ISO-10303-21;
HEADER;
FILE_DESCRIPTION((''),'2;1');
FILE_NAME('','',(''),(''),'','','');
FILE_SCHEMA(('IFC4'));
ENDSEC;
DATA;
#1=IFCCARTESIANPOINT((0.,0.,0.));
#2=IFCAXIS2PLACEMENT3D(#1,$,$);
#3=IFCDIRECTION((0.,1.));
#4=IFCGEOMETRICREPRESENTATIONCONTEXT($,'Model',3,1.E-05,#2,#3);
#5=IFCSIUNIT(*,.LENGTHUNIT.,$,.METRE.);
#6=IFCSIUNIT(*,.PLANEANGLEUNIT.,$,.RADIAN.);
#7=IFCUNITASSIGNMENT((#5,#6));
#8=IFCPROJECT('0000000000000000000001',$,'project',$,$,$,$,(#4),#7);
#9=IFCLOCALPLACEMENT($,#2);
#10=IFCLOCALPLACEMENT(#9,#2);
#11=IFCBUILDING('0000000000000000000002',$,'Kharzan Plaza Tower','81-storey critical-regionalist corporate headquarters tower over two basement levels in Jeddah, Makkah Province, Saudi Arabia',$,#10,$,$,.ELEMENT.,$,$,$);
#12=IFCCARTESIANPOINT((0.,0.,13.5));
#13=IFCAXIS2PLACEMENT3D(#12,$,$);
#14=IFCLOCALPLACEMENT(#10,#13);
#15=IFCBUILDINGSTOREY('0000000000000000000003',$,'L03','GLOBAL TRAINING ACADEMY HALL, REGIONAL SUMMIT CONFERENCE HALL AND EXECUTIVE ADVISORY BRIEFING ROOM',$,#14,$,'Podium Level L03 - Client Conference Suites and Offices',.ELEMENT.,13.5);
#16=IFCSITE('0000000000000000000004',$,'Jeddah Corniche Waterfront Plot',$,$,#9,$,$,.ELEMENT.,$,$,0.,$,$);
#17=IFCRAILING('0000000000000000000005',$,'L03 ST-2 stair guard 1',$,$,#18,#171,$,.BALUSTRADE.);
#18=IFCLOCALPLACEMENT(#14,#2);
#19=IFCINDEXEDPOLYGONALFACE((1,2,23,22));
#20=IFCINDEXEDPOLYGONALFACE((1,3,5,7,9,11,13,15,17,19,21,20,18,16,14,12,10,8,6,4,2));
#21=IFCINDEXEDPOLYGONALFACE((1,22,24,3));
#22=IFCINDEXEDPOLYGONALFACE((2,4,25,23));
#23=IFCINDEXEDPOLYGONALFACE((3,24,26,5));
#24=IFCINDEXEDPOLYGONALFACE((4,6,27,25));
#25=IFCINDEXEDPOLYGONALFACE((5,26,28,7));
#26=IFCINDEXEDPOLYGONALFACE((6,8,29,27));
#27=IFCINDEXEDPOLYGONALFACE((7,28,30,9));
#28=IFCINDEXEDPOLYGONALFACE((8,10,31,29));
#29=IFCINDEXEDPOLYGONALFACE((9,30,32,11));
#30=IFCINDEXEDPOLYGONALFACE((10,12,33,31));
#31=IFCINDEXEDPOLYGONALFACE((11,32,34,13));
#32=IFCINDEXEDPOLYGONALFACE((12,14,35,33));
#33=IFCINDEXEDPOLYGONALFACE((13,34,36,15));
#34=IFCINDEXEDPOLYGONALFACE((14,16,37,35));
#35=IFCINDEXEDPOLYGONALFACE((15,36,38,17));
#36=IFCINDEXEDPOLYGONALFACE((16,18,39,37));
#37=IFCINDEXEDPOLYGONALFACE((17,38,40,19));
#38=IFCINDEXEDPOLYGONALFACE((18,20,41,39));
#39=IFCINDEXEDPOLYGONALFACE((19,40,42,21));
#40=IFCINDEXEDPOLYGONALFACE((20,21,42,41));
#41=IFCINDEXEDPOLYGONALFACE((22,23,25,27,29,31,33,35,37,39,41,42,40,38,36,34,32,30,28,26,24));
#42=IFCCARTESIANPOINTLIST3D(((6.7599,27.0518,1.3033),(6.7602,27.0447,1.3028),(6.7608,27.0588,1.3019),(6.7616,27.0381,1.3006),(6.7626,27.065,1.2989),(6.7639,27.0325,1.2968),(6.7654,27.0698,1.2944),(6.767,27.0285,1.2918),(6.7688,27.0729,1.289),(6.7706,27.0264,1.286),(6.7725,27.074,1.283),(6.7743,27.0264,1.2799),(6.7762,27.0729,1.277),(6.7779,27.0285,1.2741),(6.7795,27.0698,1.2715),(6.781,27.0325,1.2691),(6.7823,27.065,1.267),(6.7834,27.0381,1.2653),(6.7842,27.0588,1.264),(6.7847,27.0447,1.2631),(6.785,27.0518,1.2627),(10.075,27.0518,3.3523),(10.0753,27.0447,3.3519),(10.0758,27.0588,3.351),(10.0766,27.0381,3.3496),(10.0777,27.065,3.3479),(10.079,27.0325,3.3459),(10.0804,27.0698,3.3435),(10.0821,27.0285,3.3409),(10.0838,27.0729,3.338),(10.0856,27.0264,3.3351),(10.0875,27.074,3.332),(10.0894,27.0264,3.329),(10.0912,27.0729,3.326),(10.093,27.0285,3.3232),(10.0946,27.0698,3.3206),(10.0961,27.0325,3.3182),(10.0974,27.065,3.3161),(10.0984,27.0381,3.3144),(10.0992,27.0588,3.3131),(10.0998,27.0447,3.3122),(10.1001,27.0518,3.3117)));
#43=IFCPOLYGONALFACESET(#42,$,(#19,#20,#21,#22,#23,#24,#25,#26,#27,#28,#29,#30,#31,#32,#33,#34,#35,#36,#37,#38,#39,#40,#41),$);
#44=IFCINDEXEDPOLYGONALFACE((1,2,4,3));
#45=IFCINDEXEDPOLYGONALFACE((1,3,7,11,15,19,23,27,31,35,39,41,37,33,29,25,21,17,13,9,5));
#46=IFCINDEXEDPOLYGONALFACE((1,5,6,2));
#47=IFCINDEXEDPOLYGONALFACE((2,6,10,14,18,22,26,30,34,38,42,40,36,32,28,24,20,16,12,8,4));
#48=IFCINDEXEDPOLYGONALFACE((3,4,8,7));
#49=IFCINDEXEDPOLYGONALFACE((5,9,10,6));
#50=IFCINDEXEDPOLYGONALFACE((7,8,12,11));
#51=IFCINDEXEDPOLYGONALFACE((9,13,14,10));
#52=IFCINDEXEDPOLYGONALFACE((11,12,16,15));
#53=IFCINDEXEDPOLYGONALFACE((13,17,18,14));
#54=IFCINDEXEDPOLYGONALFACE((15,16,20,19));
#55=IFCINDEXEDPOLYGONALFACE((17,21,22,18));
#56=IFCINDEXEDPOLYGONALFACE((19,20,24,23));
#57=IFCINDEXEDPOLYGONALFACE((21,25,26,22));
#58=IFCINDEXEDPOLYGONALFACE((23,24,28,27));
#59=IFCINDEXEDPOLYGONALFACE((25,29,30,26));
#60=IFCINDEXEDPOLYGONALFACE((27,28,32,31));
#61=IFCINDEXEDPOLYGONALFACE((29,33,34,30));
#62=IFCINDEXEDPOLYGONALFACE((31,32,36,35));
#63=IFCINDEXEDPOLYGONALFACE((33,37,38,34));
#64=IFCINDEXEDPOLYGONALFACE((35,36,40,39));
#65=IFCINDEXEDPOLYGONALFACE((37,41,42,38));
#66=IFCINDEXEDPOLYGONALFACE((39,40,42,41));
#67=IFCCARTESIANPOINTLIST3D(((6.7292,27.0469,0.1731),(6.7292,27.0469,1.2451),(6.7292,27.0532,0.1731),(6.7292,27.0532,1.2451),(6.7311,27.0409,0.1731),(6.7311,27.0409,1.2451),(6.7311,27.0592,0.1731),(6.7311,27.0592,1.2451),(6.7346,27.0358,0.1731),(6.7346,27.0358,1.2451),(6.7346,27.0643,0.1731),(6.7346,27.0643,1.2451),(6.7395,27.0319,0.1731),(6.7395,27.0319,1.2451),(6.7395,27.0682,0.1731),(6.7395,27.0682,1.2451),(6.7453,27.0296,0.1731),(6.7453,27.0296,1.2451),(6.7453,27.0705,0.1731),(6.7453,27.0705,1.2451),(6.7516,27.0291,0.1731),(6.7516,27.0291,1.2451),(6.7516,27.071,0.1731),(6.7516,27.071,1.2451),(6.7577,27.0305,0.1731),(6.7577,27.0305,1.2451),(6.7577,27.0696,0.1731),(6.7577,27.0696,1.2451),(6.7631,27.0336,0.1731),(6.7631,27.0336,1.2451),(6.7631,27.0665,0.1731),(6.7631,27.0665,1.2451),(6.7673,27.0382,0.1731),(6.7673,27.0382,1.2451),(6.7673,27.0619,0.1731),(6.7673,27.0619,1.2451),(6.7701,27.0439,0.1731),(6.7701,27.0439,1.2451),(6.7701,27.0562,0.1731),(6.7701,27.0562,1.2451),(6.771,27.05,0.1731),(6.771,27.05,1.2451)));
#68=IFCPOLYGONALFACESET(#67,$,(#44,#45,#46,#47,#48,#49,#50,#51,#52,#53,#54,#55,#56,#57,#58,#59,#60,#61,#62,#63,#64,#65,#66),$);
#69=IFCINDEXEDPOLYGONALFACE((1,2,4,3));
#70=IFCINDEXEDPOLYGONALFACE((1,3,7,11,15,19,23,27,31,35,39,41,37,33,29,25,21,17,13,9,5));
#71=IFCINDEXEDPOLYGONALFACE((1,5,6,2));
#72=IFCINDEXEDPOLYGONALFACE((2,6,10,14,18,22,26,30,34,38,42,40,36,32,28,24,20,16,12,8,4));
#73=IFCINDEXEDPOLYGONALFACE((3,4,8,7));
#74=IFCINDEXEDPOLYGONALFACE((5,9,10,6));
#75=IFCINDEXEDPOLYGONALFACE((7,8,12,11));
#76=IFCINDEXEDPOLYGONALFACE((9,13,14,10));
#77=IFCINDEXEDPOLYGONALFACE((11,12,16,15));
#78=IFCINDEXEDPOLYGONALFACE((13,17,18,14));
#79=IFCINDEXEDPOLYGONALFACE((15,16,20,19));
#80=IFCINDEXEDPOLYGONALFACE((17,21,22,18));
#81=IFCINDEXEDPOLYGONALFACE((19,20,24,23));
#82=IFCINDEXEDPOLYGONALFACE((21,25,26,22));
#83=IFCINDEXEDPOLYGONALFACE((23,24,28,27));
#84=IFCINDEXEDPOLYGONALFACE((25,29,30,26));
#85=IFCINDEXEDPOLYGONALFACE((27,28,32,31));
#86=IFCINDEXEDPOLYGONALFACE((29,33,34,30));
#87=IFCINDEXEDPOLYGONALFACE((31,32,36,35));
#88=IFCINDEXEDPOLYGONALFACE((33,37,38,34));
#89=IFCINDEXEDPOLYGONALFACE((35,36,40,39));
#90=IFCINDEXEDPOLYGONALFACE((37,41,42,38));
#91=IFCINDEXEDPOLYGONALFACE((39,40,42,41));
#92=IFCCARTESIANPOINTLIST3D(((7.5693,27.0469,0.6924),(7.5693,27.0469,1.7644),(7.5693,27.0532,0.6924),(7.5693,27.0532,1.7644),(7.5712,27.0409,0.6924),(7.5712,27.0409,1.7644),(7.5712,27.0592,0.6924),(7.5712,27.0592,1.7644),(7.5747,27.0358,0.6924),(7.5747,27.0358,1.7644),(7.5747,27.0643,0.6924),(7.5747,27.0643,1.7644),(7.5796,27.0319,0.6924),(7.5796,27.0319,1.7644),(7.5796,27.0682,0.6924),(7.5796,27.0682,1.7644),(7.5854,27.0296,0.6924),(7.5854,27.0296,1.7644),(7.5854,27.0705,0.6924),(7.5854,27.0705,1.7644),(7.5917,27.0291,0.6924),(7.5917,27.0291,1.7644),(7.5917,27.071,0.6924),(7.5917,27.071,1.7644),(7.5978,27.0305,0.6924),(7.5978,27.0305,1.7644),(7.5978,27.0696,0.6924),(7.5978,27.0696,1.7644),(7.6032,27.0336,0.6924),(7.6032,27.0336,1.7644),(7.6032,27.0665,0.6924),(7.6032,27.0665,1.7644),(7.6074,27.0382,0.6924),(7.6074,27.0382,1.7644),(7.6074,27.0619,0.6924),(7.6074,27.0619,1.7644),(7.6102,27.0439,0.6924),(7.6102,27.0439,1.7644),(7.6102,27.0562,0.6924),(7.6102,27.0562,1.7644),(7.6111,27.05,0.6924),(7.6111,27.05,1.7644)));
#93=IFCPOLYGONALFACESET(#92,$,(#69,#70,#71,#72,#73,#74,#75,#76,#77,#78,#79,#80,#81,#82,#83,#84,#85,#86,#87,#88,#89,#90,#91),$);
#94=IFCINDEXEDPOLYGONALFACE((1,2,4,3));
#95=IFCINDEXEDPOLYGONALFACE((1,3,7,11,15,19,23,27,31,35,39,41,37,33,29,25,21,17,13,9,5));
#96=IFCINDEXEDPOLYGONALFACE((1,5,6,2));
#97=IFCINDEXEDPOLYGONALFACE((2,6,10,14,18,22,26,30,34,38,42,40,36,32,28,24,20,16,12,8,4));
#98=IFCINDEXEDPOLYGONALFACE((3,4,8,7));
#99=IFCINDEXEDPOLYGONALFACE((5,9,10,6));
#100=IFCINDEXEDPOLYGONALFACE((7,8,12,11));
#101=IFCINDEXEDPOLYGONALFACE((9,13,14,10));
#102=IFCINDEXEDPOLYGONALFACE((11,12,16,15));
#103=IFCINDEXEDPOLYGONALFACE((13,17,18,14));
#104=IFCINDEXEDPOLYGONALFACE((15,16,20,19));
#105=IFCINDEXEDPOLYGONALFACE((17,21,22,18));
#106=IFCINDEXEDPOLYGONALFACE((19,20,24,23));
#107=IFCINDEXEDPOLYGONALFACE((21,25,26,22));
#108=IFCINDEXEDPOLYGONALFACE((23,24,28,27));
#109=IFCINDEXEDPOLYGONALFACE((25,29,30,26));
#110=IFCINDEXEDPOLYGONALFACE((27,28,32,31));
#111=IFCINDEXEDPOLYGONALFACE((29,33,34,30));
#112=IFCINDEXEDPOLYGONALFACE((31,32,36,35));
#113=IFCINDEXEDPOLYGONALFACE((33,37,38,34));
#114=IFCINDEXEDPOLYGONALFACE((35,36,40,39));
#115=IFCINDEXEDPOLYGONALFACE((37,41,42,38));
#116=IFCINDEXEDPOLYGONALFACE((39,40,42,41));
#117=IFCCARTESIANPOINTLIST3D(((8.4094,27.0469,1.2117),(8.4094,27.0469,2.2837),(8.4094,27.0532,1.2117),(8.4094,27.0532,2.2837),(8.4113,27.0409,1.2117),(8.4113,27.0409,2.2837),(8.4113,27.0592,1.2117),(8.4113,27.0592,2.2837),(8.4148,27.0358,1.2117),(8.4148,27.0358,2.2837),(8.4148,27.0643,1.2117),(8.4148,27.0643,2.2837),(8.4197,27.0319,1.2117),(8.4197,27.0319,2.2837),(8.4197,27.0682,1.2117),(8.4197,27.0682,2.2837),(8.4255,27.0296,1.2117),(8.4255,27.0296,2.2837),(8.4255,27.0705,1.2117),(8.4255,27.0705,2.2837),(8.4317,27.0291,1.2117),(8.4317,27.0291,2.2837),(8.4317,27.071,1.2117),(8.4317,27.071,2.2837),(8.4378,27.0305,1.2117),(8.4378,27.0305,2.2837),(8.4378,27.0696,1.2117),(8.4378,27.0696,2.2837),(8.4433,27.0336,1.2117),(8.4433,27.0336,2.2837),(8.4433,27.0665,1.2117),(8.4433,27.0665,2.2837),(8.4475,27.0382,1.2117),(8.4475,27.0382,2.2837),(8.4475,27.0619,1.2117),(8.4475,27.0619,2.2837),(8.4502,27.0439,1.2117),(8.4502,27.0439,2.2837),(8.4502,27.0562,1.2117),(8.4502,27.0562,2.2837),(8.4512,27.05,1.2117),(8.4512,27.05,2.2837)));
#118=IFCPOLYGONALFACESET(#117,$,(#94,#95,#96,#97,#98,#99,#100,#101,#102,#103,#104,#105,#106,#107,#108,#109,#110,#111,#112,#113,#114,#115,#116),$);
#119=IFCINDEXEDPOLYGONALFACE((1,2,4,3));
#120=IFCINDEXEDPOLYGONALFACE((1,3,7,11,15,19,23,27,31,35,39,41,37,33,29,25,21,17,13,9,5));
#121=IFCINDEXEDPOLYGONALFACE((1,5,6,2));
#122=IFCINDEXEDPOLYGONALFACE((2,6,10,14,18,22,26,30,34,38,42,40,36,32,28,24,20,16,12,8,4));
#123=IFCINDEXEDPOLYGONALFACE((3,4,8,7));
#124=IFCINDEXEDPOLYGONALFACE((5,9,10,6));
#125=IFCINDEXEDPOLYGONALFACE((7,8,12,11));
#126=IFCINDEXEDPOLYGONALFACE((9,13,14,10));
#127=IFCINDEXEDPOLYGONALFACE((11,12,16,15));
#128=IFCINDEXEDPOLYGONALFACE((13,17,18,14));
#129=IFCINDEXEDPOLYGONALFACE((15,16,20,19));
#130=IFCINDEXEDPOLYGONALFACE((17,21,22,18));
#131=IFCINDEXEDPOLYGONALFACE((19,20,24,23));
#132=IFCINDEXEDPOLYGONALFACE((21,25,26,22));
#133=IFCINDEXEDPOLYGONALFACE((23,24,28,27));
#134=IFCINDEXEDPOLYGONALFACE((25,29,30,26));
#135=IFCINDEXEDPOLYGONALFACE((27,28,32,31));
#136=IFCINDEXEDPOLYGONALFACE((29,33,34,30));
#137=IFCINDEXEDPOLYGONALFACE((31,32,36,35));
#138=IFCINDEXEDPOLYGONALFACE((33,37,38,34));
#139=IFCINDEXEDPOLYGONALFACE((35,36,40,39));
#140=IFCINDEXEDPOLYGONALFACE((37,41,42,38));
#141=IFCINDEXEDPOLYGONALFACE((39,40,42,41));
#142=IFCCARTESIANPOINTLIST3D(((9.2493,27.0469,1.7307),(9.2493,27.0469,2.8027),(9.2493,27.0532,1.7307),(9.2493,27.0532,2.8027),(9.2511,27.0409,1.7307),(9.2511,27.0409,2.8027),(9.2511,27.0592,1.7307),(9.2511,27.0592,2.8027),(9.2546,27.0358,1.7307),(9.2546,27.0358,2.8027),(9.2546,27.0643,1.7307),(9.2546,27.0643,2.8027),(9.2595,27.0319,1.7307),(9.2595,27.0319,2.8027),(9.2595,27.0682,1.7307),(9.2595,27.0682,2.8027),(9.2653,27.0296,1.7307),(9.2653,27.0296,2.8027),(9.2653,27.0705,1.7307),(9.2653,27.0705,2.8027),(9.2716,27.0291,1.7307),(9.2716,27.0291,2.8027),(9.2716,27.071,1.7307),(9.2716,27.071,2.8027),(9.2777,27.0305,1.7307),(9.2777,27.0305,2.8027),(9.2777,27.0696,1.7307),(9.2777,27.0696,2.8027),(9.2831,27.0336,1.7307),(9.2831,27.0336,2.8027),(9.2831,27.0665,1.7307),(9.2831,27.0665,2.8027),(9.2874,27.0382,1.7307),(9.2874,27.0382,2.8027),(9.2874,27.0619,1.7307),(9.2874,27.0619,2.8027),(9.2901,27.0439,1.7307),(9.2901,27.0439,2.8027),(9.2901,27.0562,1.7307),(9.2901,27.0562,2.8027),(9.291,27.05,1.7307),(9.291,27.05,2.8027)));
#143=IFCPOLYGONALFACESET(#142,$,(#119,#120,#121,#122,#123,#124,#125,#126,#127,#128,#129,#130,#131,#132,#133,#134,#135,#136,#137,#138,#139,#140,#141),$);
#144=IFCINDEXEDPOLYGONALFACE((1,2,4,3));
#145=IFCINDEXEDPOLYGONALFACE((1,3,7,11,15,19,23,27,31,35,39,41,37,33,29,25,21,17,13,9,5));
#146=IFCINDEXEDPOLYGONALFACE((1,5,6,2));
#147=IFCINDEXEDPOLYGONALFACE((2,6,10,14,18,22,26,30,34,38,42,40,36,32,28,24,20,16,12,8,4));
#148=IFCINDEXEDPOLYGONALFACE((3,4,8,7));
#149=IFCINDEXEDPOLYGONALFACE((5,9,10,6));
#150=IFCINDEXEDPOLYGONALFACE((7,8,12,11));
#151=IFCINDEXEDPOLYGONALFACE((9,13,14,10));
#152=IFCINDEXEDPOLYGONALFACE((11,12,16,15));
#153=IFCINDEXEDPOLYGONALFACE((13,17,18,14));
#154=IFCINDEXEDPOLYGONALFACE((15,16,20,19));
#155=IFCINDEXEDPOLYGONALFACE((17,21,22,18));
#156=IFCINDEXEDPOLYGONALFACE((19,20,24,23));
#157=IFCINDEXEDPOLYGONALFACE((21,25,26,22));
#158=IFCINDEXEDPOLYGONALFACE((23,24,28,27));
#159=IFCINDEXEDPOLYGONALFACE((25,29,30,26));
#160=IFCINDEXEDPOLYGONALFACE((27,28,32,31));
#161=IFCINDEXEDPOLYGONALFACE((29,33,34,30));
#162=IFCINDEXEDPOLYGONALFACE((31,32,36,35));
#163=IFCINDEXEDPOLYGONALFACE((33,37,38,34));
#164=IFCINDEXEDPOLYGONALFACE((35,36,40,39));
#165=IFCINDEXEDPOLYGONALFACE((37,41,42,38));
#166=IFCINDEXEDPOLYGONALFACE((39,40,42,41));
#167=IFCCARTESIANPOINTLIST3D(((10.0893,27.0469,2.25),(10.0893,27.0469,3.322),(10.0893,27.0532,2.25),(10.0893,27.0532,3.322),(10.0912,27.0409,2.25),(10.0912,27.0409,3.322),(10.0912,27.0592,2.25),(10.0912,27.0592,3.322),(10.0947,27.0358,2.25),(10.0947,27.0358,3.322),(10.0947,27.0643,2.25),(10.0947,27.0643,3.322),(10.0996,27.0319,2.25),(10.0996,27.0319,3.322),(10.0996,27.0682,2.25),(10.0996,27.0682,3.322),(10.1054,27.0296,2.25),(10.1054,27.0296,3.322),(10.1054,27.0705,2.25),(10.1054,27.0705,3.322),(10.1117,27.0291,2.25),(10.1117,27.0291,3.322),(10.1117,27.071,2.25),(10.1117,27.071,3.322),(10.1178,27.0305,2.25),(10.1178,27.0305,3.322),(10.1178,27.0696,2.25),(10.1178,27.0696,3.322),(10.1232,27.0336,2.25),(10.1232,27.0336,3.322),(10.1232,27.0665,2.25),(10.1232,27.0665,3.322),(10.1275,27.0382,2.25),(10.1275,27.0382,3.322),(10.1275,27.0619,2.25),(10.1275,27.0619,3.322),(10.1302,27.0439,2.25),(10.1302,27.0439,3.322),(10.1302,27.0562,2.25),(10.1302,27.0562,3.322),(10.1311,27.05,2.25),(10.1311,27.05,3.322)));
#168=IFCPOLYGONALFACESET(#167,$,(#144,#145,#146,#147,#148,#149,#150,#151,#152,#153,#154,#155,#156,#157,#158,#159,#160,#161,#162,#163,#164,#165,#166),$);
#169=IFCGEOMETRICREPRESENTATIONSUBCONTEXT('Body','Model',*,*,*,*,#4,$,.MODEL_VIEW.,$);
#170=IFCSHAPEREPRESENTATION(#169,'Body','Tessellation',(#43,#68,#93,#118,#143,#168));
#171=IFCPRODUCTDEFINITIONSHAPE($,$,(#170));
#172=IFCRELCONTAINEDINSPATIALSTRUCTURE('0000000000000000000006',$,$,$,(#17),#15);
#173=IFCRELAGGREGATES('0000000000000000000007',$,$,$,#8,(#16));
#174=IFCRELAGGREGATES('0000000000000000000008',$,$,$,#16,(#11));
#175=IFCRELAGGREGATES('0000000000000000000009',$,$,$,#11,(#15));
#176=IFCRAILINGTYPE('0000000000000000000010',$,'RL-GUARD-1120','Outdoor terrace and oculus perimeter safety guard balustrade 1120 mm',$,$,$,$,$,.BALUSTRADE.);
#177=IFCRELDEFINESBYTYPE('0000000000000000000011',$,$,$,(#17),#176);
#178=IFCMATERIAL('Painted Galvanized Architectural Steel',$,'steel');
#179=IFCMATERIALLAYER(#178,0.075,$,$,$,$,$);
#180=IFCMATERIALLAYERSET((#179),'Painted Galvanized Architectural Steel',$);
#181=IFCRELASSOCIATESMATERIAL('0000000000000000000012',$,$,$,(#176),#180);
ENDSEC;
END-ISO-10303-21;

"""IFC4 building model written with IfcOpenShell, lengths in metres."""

from ifc_helpers import new_model, si_unit, direction, frame, origin, origin_2d, place, context, subcontext, project, spatial, circle, extrude, source, transform, mapped, material, layer, layer_set, type_object, element, save


model = new_model("IFC4")

# Units and contexts
model_context = context("Model", 3, precision=1e-05, world=origin(), true_north=direction((0.0, 1.0)))
body_context = subcontext(model_context, "Body", "Model", "MODEL_VIEW")
ifc_project = project(units=[si_unit("LENGTHUNIT", "METRE"), si_unit("PLANEANGLEUNIT", "RADIAN")], contexts=[model_context])

# Site, building, storey
site_placement = place(None, origin())
site = spatial("IfcSite", under=ifc_project, at=site_placement, Name="Jeddah Corniche Waterfront Plot", CompositionType="ELEMENT", RefElevation=0.0)
building_placement = place(site_placement, origin())
building = spatial("IfcBuilding", under=site, at=building_placement, Name="Kharzan Plaza Tower", Description="81-storey critical-regionalist corporate headquarters tower over two basement levels in Jeddah, Makkah Province, Saudi Arabia", CompositionType="ELEMENT")
storey_placement = place(building_placement, frame((0.0, 0.0, 13.5)))
storey = spatial("IfcBuildingStorey", under=building, at=storey_placement, Name="L03", Description="GLOBAL TRAINING ACADEMY HALL, REGIONAL SUMMIT CONFERENCE HALL AND EXECUTIVE ADVISORY BRIEFING ROOM", LongName="Podium Level L03 - Client Conference Suites and Offices", CompositionType="ELEMENT", Elevation=13.5)

# Railing
ifc_material_1 = material(Name="Painted Galvanized Architectural Steel", Category="steel")
ifc_layer_1 = layer(ifc_material_1, 0.075)
ifc_layer_set_1 = layer_set([ifc_layer_1], Name="Painted Galvanized Architectural Steel")
railing_type_1 = type_object("IfcRailingType", Name="RL-GUARD-1120", Description="Outdoor terrace and oculus perimeter safety guard balustrade 1120 mm", PredefinedType="BALUSTRADE", material=ifc_layer_set_1)
shared_shape_1 = source(origin(), body_context, "Body", "SweptSolid", [
    extrude(circle(Radius=0.0239, at=origin_2d()), frame((0.0225, 0.0, 1.1099), z_axis=(0.850623, 0.0, 0.525776), x_axis=(0.0, 1.0, 0.0)), (0.0, 0.0, 1.0), 3.8972),
    extrude(circle(Radius=0.021, at=origin_2d()), origin(), (0.0, 0.0, 1.0), 1.072),
    extrude(circle(Radius=0.021, at=origin_2d()), frame((0.8401, 0.0, 0.5193)), (0.0, 0.0, 1.0), 1.072),
    extrude(circle(Radius=0.021, at=origin_2d()), frame((1.6802, 0.0, 1.0386)), (0.0, 0.0, 1.0), 1.072),
    extrude(circle(Radius=0.021, at=origin_2d()), frame((2.52, 0.0, 1.5576)), (0.0, 0.0, 1.0), 1.072),
    extrude(circle(Radius=0.021, at=origin_2d()), frame((3.3601, 0.0, 2.0769)), (0.0, 0.0, 1.0), 1.072),
])
railing_1_placement = place(storey_placement, frame((6.75, 27.05, 0.1731)))
element("IfcRailing", 1, at=railing_1_placement, inside=storey, type_object=railing_type_1, Name="L03 ST-2 stair guard 1", PredefinedType="BALUSTRADE", context=body_context, shape_type="MappedRepresentation", body=[
    mapped(shared_shape_1, transform((0.0, 0.0, 0.0), x_axis=(1.0, 0.0, 0.0), y_axis=(0.0, 1.0, 0.0), z_axis=(0.0, 0.0, 1.0))),
])

save(model, "model.ifc")
